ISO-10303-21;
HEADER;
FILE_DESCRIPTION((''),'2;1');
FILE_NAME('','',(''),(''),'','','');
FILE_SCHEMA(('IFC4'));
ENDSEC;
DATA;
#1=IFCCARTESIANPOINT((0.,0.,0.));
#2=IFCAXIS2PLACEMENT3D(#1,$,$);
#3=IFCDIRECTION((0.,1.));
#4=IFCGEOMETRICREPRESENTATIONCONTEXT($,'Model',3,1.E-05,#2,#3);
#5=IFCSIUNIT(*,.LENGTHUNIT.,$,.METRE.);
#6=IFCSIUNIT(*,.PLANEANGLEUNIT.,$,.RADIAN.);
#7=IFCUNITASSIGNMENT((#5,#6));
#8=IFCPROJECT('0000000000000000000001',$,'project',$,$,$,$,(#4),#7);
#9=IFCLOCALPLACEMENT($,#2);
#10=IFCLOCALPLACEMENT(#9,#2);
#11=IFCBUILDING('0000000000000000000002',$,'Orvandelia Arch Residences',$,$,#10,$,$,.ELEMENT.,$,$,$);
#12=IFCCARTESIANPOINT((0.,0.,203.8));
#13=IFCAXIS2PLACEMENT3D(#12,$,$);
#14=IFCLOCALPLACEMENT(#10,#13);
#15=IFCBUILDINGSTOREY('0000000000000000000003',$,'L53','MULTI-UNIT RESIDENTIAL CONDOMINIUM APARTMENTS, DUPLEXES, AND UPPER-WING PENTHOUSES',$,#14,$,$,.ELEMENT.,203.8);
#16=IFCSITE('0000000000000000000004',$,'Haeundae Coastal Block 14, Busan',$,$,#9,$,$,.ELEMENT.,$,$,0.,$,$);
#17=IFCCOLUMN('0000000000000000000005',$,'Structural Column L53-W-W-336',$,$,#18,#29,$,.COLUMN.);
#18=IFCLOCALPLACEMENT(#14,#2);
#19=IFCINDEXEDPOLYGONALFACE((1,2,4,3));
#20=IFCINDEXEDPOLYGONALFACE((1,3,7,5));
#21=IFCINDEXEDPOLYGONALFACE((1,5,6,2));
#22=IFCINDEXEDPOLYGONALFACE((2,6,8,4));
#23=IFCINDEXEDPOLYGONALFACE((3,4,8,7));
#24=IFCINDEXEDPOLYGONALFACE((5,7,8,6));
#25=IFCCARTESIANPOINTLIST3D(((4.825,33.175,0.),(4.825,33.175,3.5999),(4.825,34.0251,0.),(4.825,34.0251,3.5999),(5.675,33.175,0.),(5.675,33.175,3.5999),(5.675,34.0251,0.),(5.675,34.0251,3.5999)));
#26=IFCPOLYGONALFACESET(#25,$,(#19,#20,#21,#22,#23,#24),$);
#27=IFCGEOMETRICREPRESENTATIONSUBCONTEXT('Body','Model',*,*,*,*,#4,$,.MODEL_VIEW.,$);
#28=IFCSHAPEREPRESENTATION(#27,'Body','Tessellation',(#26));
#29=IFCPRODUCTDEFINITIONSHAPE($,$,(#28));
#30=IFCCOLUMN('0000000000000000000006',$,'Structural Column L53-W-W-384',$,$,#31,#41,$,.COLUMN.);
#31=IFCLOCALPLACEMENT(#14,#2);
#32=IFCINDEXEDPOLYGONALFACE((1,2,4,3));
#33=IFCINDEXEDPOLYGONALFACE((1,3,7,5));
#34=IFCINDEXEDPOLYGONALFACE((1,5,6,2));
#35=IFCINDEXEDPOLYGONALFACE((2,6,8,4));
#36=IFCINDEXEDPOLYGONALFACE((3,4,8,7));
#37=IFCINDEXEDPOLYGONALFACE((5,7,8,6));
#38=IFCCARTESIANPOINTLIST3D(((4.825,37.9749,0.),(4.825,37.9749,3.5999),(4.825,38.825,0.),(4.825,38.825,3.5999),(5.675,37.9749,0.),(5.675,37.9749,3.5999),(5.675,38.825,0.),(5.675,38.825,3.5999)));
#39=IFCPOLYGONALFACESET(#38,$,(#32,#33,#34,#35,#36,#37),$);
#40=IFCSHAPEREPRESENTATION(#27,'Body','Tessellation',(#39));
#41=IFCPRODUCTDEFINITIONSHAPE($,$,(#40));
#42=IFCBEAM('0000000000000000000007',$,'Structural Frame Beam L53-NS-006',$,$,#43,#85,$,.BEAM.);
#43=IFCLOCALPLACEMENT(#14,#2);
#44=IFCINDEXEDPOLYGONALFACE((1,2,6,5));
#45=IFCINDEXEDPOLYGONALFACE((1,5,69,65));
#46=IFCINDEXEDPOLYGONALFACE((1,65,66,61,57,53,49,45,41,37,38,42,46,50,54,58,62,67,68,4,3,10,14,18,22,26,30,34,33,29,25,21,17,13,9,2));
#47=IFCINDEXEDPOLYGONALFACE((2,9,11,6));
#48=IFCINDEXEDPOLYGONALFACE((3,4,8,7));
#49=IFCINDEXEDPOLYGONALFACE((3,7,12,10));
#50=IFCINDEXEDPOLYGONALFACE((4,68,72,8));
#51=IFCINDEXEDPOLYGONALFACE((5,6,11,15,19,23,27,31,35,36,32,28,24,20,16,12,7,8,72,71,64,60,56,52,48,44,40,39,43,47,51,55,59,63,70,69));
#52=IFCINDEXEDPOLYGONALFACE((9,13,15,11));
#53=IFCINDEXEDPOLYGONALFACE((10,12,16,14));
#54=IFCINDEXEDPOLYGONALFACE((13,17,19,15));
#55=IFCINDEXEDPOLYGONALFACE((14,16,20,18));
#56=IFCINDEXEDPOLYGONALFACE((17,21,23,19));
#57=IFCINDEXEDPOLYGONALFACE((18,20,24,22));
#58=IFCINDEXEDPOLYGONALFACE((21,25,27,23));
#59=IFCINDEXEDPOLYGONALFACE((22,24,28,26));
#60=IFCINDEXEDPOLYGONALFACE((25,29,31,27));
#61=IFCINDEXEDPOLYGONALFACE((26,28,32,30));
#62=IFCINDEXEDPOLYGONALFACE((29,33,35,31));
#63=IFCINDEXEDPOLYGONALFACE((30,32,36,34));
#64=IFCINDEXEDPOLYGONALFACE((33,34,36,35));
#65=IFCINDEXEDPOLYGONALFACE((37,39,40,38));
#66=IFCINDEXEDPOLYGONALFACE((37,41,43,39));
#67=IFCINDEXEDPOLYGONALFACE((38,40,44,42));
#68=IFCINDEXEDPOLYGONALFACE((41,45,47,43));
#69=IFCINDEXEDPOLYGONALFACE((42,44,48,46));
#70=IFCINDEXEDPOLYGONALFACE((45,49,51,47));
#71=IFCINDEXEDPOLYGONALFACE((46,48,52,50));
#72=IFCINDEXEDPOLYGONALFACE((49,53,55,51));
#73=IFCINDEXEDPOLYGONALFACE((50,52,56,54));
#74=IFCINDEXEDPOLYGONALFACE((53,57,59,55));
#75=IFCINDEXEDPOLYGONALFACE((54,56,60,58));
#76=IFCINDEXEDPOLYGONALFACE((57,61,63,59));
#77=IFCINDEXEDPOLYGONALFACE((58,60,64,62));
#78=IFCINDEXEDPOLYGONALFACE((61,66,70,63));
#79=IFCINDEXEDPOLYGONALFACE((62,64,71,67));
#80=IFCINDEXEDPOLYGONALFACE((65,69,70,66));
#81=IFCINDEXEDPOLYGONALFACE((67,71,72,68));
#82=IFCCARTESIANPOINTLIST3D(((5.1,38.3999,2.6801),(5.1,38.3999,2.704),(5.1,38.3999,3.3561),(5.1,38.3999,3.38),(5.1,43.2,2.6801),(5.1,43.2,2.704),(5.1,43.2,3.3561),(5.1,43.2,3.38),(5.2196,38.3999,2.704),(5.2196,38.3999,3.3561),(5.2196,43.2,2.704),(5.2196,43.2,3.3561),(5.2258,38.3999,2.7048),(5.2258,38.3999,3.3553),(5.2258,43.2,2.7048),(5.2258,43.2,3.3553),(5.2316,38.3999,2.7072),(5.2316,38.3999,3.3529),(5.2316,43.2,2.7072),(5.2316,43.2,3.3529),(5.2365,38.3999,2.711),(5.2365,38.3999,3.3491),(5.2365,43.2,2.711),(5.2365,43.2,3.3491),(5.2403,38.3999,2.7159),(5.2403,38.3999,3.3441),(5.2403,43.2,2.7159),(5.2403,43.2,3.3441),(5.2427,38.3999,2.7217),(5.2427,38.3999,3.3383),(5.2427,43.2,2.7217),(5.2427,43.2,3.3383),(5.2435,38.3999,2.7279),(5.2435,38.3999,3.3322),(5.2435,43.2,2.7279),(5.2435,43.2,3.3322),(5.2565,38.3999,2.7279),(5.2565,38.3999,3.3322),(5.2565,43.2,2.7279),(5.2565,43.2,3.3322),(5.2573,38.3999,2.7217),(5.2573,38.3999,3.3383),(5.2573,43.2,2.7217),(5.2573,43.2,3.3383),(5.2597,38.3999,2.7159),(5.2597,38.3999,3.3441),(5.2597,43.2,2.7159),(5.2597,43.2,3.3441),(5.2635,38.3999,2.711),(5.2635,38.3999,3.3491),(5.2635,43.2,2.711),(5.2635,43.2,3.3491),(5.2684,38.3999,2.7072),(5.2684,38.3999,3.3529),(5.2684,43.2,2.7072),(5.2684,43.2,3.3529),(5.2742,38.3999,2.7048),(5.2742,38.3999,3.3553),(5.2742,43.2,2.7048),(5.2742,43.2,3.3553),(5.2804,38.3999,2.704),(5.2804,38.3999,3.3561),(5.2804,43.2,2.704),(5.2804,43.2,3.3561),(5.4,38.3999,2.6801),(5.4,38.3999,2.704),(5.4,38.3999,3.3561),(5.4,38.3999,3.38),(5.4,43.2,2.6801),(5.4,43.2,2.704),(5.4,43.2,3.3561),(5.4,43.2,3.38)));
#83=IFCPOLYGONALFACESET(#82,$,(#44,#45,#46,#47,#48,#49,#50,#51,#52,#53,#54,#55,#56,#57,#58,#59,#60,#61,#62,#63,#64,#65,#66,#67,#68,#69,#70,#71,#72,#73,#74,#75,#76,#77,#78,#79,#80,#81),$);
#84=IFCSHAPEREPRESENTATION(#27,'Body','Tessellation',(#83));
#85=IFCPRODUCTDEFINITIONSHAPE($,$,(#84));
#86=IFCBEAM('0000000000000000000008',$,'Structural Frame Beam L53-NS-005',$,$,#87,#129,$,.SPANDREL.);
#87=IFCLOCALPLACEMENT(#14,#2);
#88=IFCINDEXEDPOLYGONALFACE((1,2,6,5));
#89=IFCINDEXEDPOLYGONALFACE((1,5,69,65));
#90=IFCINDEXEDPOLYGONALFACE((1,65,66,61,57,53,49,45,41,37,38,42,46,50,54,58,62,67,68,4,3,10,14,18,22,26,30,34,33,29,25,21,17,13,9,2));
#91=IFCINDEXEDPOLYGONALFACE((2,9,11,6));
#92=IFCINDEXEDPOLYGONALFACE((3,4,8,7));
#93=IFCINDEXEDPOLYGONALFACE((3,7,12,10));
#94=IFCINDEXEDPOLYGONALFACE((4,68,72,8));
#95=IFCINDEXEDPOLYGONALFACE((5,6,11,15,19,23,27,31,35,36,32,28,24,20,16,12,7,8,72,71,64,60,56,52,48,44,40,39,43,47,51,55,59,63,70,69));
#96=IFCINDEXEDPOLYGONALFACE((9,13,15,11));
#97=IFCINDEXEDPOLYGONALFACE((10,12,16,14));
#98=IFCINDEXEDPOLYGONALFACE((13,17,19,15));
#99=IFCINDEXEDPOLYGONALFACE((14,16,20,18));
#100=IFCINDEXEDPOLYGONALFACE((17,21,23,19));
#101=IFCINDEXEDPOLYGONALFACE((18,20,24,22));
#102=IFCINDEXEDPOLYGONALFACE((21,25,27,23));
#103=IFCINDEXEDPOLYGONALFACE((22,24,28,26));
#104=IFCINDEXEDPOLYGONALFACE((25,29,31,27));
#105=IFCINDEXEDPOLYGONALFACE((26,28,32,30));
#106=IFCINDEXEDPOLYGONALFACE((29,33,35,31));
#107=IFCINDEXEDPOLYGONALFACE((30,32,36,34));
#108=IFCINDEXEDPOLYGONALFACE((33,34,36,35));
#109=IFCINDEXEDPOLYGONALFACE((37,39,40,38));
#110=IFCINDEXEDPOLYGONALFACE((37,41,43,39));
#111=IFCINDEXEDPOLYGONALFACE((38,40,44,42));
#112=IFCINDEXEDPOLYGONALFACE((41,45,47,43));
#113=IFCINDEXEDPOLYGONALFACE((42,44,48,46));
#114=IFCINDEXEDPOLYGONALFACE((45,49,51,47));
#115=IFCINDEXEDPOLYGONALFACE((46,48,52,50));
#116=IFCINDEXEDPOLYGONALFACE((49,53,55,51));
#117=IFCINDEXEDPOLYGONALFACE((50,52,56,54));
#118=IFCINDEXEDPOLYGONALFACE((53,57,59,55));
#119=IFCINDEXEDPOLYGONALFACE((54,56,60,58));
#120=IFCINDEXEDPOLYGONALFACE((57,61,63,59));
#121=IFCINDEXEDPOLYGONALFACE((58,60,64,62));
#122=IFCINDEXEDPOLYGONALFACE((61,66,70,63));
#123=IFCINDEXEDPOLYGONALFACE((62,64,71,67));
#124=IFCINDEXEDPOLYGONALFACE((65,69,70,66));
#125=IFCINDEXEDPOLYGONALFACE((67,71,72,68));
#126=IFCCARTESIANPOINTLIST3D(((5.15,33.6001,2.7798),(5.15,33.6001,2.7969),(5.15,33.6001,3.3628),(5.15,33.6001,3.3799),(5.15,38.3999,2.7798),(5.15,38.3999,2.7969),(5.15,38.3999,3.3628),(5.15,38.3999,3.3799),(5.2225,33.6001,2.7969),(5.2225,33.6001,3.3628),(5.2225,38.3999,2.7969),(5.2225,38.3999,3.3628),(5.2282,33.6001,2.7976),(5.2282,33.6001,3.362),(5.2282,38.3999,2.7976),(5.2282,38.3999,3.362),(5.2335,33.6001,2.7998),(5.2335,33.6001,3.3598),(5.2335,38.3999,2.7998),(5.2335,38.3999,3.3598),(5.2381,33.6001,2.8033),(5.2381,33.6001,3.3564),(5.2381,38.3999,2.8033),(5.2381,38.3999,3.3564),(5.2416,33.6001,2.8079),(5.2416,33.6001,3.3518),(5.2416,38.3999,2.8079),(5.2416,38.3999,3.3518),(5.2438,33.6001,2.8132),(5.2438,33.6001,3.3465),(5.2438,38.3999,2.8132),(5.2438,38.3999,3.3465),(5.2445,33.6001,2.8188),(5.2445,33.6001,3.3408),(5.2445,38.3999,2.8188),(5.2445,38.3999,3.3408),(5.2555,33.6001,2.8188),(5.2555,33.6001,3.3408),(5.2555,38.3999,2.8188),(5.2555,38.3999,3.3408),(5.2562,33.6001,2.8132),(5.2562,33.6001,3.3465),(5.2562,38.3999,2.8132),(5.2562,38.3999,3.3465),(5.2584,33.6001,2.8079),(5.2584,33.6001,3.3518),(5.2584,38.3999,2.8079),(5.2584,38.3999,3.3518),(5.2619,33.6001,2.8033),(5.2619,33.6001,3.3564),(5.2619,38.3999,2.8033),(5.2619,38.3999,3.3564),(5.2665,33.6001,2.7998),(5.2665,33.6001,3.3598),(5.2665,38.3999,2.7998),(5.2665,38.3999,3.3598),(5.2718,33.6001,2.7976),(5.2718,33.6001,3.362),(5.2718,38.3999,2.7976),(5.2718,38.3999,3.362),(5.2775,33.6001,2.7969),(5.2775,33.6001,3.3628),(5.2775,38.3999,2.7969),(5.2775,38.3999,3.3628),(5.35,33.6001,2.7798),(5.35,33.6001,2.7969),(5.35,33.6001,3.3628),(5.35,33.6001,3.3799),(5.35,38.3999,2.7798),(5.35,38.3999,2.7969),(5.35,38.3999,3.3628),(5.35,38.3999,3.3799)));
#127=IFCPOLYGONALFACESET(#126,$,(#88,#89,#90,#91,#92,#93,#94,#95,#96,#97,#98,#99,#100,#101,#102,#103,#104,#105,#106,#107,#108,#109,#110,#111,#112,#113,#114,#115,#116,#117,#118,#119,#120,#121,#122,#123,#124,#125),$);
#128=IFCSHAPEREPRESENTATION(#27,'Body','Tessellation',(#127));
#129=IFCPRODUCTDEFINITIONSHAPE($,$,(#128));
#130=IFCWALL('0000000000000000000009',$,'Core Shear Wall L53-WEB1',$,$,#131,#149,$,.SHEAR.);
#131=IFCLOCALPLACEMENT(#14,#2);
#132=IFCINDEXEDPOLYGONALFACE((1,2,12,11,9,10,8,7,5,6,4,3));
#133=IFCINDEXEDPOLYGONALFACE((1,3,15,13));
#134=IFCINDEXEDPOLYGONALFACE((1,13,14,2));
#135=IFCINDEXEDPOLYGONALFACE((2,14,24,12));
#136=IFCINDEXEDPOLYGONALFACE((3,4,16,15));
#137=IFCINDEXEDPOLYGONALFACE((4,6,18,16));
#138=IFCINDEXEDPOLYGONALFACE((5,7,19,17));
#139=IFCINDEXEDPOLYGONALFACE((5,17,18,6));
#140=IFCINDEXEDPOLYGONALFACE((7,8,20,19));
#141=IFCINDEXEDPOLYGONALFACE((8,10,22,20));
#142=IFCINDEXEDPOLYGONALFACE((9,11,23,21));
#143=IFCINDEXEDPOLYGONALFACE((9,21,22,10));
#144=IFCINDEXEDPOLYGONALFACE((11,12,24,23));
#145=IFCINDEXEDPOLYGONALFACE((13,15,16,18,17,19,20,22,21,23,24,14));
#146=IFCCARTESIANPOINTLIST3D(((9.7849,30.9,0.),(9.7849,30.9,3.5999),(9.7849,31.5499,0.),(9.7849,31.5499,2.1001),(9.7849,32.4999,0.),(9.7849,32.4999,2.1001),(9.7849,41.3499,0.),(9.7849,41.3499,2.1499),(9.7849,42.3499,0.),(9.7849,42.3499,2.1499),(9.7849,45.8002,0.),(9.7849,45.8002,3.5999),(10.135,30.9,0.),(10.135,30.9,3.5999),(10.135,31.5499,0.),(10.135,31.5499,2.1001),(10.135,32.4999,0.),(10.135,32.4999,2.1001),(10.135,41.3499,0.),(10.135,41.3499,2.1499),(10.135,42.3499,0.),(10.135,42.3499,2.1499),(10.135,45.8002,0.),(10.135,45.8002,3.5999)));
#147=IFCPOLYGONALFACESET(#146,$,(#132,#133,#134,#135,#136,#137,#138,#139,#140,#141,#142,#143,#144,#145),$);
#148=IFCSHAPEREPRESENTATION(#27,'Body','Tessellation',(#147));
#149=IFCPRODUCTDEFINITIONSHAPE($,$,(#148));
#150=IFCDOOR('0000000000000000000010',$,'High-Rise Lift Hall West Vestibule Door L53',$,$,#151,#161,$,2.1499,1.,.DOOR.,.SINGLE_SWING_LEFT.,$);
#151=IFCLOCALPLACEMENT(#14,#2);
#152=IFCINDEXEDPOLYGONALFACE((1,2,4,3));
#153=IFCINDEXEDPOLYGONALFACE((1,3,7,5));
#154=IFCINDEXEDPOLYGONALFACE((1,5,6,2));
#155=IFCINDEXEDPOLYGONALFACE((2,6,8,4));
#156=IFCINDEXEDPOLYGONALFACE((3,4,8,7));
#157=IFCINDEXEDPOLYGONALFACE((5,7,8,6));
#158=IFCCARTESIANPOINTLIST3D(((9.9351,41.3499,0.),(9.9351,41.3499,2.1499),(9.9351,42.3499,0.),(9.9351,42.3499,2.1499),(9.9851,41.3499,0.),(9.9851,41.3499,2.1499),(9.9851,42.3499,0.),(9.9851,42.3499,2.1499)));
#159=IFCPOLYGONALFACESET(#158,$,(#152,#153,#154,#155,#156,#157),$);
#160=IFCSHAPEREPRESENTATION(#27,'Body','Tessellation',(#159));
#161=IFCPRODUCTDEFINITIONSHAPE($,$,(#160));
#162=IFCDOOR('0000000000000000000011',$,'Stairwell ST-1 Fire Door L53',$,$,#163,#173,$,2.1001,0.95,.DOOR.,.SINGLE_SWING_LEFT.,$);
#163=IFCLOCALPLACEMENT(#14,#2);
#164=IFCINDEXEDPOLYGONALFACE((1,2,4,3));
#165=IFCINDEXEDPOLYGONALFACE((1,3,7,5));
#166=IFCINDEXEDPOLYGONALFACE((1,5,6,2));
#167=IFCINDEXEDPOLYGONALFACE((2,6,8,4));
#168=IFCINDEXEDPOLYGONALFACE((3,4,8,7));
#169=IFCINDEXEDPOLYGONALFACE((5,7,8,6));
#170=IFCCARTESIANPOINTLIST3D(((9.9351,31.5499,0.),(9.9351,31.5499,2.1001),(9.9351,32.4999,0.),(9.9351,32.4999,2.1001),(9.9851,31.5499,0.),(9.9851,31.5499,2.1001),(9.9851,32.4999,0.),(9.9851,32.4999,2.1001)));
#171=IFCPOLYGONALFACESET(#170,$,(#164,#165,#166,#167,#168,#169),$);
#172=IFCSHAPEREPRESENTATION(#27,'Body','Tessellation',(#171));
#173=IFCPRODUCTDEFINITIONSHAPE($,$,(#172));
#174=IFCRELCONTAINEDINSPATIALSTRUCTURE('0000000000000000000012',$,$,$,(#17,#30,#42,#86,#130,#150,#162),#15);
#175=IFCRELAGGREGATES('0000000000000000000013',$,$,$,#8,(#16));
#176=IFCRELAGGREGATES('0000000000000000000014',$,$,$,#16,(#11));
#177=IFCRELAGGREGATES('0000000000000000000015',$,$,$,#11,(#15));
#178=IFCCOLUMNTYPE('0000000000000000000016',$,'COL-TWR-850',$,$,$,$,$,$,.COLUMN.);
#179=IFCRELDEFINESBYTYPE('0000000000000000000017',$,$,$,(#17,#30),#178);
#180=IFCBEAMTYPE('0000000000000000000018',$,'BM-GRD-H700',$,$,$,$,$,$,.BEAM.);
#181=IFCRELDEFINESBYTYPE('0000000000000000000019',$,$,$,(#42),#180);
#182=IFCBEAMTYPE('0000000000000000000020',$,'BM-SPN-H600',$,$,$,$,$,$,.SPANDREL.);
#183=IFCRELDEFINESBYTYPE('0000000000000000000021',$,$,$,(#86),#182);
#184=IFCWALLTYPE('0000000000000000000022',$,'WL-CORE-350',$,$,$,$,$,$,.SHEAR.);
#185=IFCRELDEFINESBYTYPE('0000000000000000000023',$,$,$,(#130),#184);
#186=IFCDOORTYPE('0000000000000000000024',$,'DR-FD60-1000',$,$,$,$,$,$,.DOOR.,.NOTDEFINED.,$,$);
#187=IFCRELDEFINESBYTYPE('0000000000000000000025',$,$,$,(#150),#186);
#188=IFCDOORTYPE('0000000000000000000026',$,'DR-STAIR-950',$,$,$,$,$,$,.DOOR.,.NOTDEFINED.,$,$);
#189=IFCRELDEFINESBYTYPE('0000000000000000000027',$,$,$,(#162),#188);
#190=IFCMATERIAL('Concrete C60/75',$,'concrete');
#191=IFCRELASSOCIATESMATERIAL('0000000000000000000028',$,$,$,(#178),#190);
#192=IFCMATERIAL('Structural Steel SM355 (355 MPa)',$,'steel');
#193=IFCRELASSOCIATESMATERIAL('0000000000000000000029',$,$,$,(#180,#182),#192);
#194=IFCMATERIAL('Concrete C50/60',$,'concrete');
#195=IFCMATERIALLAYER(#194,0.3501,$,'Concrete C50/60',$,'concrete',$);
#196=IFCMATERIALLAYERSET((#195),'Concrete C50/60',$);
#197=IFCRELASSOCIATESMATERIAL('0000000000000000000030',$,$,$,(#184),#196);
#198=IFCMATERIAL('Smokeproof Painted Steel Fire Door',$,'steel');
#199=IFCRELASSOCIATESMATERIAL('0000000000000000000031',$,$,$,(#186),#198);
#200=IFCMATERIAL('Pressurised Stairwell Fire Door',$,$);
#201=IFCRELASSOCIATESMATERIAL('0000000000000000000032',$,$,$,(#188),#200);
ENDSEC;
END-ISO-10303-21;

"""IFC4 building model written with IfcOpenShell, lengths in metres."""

from ifc_helpers import new_model, si_unit, direction, frame, frame_2d, origin, origin_2d, place, context, subcontext, project, spatial, rectangle, i_section, extrude, material, layer, layer_set, material_profile, profile_set, type_object, element, fill, save


model = new_model("IFC4")

# Units and contexts
model_context = context("Model", 3, precision=1e-05, world=origin(), true_north=direction((0.0, 1.0)))
body_context = subcontext(model_context, "Body", "Model", "MODEL_VIEW")
ifc_project = project(units=[si_unit("LENGTHUNIT", "METRE"), si_unit("PLANEANGLEUNIT", "RADIAN")], contexts=[model_context])

# Site, building, storey
site_placement = place(None, origin())
site = spatial("IfcSite", under=ifc_project, at=site_placement, Name="Haeundae Coastal Block 14, Busan", CompositionType="ELEMENT", RefElevation=0.0)
building_placement = place(site_placement, origin())
building = spatial("IfcBuilding", under=site, at=building_placement, Name="Orvandelia Arch Residences", CompositionType="ELEMENT")
storey_placement = place(building_placement, frame((0.0, 0.0, 203.8)))
storey = spatial("IfcBuildingStorey", under=building, at=storey_placement, Name="L53", Description="MULTI-UNIT RESIDENTIAL CONDOMINIUM APARTMENTS, DUPLEXES, AND UPPER-WING PENTHOUSES", CompositionType="ELEMENT", Elevation=203.8)

# Columns
ifc_material_1 = material(Name="Concrete C60/75", Category="concrete")
ifc_material_profile_1 = material_profile(ifc_material_1, rectangle(XDim=0.8501, YDim=0.8501, at=origin_2d()), Name="Concrete C60/75", Category="concrete")
ifc_profile_set_1 = profile_set([ifc_material_profile_1], Name="Concrete C60/75")
column_type = type_object("IfcColumnType", Name="COL-TWR-850", PredefinedType="COLUMN", material=ifc_profile_set_1)
for number, where, z_axis, x_axis, name in (
    (1, (5.25, 33.6001, 0.0), (0.0, 0.0, 1.0), (1.0, 0.0, 0.0), "Structural Column L53-W-W-336"),
    (2, (5.25, 38.3999, 0.0), (0.0, 0.0, 1.0), (1.0, 0.0, 0.0), "Structural Column L53-W-W-384"),
):
    element("IfcColumn", number, at=place(storey_placement, frame(where, z_axis=z_axis, x_axis=x_axis)), inside=storey, type_object=column_type, Name=name, PredefinedType="COLUMN", context=body_context, shape_type="SweptSolid", body=[
        extrude(rectangle(XDim=0.8501, YDim=0.8501, at=origin_2d()), origin(), (0.0, 0.0, 1.0), 3.5999),
    ])

# Beams
ifc_material_2 = material(Name="Structural Steel SM355 (355 MPa)", Category="steel")
ifc_material_profile_2 = material_profile(ifc_material_2, i_section(OverallWidth=0.3, OverallDepth=0.7, WebThickness=0.0129, FlangeThickness=0.0239, FilletRadius=0.0239, at=origin_2d()), Name="Structural Steel SM355 (355 MPa)", Category="steel")
ifc_profile_set_2 = profile_set([ifc_material_profile_2], Name="Structural Steel SM355 (355 MPa)")
beam_type_1 = type_object("IfcBeamType", Name="BM-GRD-H700", PredefinedType="BEAM", material=ifc_profile_set_2)
beam_1_placement = place(storey_placement, frame((5.25, 38.3999, 3.03), z_axis=(0.0, 1.0, 0.0), x_axis=(-1.0, 0.0, 0.0)))
element("IfcBeam", 3, at=beam_1_placement, inside=storey, type_object=beam_type_1, Name="Structural Frame Beam L53-NS-006", PredefinedType="BEAM", context=body_context, shape_type="SweptSolid", body=[
    extrude(i_section(OverallWidth=0.3, OverallDepth=0.7, WebThickness=0.0129, FlangeThickness=0.0239, FilletRadius=0.0239, at=origin_2d()), origin(), (0.0, 0.0, 1.0), 4.8),
])
ifc_material_profile_3 = material_profile(ifc_material_2, i_section(OverallWidth=0.2, OverallDepth=0.6001, WebThickness=0.011, FlangeThickness=0.0171, FilletRadius=0.022, at=origin_2d()), Name="Structural Steel SM355 (355 MPa)", Category="steel")
ifc_profile_set_3 = profile_set([ifc_material_profile_3], Name="Structural Steel SM355 (355 MPa)")
beam_type_2 = type_object("IfcBeamType", Name="BM-SPN-H600", PredefinedType="SPANDREL", material=ifc_profile_set_3)
beam_2_placement = place(storey_placement, frame((5.25, 33.6001, 3.0798), z_axis=(0.0, 1.0, 0.0), x_axis=(-1.0, 0.0, 0.0)))
element("IfcBeam", 4, at=beam_2_placement, inside=storey, type_object=beam_type_2, Name="Structural Frame Beam L53-NS-005", PredefinedType="SPANDREL", context=body_context, shape_type="SweptSolid", body=[
    extrude(i_section(OverallWidth=0.2, OverallDepth=0.6001, WebThickness=0.011, FlangeThickness=0.0171, FilletRadius=0.022, at=origin_2d()), origin(), (0.0, 0.0, 1.0), 4.7998),
])

# Wall, openings, doors
ifc_material_3 = material(Name="Concrete C50/60", Category="concrete")
ifc_layer = layer(ifc_material_3, 0.3501, Name="Concrete C50/60", Category="concrete")
ifc_layer_set = layer_set([ifc_layer], Name="Concrete C50/60")
wall_type = type_object("IfcWallType", Name="WL-CORE-350", PredefinedType="SHEAR", material=ifc_layer_set)
wall_1_placement = place(storey_placement, frame((9.96, 30.8999, 0.0), z_axis=(0.0, 0.0, 1.0), x_axis=(0.0, 1.0, 0.0)))
wall_1 = element("IfcWall", 5, at=wall_1_placement, inside=storey, type_object=wall_type, Name="Core Shear Wall L53-WEB1", PredefinedType="SHEAR", context=body_context, shape_type="SweptSolid", body=[
    extrude(rectangle(XDim=14.9001, YDim=0.3501, at=frame_2d((7.4502, 0.0))), origin(), (0.0, 0.0, 1.0), 3.5999),
])
opening_1_placement = place(wall_1_placement, frame((0.6499, 0.0, 0.0)))
opening_1 = element("IfcOpeningElement", 6, at=opening_1_placement, cuts=wall_1, PredefinedType="OPENING", context=body_context, shape_type="SweptSolid", body=[
    extrude(rectangle(XDim=0.95, YDim=2.1001, at=frame_2d((0.4751, 1.05))), frame((0.0, 0.1851, 0.0), z_axis=(0.0, -1.0, 0.0), x_axis=(1.0, 0.0, 0.0)), (0.0, 0.0, 1.0), 0.3701),
])
opening_2_placement = place(wall_1_placement, frame((10.45, 0.0, 0.0)))
opening_2 = element("IfcOpeningElement", 7, at=opening_2_placement, cuts=wall_1, PredefinedType="OPENING", context=body_context, shape_type="SweptSolid", body=[
    extrude(rectangle(XDim=1.0, YDim=2.1499, at=frame_2d((0.5, 1.075))), frame((0.0, 0.1851, 0.0), z_axis=(0.0, -1.0, 0.0), x_axis=(1.0, 0.0, 0.0)), (0.0, 0.0, 1.0), 0.3701),
])
ifc_material_4 = material(Name="Smokeproof Painted Steel Fire Door", Category="steel")
door_type_1 = type_object("IfcDoorType", Name="DR-FD60-1000", OperationType="NOTDEFINED", PredefinedType="DOOR", material=ifc_material_4)
door_1_placement = place(opening_2_placement, origin())
door_1 = element("IfcDoor", 8, at=door_1_placement, inside=storey, type_object=door_type_1, Name="High-Rise Lift Hall West Vestibule Door L53", OperationType="SINGLE_SWING_LEFT", OverallHeight=2.1499, OverallWidth=1.0, PredefinedType="DOOR", context=body_context, shape_type="SweptSolid", body=[
    extrude(rectangle(XDim=1.0, YDim=2.1499, at=frame_2d((0.5, 1.075))), frame((0.0, 0.0249, 0.0), z_axis=(0.0, -1.0, 0.0), x_axis=(1.0, 0.0, 0.0)), (0.0, 0.0, 1.0), 0.05),
])
fill(opening_2, door_1)
ifc_material_5 = material(Name="Pressurised Stairwell Fire Door")
door_type_2 = type_object("IfcDoorType", Name="DR-STAIR-950", OperationType="NOTDEFINED", PredefinedType="DOOR", material=ifc_material_5)
door_2_placement = place(opening_1_placement, origin())
door_2 = element("IfcDoor", 9, at=door_2_placement, inside=storey, type_object=door_type_2, Name="Stairwell ST-1 Fire Door L53", OperationType="SINGLE_SWING_LEFT", OverallHeight=2.1001, OverallWidth=0.95, PredefinedType="DOOR", context=body_context, shape_type="SweptSolid", body=[
    extrude(rectangle(XDim=0.95, YDim=2.1001, at=frame_2d((0.4751, 1.05))), frame((0.0, 0.0249, 0.0), z_axis=(0.0, -1.0, 0.0), x_axis=(1.0, 0.0, 0.0)), (0.0, 0.0, 1.0), 0.05),
])
fill(opening_1, door_2)

save(model, "model.ifc")
